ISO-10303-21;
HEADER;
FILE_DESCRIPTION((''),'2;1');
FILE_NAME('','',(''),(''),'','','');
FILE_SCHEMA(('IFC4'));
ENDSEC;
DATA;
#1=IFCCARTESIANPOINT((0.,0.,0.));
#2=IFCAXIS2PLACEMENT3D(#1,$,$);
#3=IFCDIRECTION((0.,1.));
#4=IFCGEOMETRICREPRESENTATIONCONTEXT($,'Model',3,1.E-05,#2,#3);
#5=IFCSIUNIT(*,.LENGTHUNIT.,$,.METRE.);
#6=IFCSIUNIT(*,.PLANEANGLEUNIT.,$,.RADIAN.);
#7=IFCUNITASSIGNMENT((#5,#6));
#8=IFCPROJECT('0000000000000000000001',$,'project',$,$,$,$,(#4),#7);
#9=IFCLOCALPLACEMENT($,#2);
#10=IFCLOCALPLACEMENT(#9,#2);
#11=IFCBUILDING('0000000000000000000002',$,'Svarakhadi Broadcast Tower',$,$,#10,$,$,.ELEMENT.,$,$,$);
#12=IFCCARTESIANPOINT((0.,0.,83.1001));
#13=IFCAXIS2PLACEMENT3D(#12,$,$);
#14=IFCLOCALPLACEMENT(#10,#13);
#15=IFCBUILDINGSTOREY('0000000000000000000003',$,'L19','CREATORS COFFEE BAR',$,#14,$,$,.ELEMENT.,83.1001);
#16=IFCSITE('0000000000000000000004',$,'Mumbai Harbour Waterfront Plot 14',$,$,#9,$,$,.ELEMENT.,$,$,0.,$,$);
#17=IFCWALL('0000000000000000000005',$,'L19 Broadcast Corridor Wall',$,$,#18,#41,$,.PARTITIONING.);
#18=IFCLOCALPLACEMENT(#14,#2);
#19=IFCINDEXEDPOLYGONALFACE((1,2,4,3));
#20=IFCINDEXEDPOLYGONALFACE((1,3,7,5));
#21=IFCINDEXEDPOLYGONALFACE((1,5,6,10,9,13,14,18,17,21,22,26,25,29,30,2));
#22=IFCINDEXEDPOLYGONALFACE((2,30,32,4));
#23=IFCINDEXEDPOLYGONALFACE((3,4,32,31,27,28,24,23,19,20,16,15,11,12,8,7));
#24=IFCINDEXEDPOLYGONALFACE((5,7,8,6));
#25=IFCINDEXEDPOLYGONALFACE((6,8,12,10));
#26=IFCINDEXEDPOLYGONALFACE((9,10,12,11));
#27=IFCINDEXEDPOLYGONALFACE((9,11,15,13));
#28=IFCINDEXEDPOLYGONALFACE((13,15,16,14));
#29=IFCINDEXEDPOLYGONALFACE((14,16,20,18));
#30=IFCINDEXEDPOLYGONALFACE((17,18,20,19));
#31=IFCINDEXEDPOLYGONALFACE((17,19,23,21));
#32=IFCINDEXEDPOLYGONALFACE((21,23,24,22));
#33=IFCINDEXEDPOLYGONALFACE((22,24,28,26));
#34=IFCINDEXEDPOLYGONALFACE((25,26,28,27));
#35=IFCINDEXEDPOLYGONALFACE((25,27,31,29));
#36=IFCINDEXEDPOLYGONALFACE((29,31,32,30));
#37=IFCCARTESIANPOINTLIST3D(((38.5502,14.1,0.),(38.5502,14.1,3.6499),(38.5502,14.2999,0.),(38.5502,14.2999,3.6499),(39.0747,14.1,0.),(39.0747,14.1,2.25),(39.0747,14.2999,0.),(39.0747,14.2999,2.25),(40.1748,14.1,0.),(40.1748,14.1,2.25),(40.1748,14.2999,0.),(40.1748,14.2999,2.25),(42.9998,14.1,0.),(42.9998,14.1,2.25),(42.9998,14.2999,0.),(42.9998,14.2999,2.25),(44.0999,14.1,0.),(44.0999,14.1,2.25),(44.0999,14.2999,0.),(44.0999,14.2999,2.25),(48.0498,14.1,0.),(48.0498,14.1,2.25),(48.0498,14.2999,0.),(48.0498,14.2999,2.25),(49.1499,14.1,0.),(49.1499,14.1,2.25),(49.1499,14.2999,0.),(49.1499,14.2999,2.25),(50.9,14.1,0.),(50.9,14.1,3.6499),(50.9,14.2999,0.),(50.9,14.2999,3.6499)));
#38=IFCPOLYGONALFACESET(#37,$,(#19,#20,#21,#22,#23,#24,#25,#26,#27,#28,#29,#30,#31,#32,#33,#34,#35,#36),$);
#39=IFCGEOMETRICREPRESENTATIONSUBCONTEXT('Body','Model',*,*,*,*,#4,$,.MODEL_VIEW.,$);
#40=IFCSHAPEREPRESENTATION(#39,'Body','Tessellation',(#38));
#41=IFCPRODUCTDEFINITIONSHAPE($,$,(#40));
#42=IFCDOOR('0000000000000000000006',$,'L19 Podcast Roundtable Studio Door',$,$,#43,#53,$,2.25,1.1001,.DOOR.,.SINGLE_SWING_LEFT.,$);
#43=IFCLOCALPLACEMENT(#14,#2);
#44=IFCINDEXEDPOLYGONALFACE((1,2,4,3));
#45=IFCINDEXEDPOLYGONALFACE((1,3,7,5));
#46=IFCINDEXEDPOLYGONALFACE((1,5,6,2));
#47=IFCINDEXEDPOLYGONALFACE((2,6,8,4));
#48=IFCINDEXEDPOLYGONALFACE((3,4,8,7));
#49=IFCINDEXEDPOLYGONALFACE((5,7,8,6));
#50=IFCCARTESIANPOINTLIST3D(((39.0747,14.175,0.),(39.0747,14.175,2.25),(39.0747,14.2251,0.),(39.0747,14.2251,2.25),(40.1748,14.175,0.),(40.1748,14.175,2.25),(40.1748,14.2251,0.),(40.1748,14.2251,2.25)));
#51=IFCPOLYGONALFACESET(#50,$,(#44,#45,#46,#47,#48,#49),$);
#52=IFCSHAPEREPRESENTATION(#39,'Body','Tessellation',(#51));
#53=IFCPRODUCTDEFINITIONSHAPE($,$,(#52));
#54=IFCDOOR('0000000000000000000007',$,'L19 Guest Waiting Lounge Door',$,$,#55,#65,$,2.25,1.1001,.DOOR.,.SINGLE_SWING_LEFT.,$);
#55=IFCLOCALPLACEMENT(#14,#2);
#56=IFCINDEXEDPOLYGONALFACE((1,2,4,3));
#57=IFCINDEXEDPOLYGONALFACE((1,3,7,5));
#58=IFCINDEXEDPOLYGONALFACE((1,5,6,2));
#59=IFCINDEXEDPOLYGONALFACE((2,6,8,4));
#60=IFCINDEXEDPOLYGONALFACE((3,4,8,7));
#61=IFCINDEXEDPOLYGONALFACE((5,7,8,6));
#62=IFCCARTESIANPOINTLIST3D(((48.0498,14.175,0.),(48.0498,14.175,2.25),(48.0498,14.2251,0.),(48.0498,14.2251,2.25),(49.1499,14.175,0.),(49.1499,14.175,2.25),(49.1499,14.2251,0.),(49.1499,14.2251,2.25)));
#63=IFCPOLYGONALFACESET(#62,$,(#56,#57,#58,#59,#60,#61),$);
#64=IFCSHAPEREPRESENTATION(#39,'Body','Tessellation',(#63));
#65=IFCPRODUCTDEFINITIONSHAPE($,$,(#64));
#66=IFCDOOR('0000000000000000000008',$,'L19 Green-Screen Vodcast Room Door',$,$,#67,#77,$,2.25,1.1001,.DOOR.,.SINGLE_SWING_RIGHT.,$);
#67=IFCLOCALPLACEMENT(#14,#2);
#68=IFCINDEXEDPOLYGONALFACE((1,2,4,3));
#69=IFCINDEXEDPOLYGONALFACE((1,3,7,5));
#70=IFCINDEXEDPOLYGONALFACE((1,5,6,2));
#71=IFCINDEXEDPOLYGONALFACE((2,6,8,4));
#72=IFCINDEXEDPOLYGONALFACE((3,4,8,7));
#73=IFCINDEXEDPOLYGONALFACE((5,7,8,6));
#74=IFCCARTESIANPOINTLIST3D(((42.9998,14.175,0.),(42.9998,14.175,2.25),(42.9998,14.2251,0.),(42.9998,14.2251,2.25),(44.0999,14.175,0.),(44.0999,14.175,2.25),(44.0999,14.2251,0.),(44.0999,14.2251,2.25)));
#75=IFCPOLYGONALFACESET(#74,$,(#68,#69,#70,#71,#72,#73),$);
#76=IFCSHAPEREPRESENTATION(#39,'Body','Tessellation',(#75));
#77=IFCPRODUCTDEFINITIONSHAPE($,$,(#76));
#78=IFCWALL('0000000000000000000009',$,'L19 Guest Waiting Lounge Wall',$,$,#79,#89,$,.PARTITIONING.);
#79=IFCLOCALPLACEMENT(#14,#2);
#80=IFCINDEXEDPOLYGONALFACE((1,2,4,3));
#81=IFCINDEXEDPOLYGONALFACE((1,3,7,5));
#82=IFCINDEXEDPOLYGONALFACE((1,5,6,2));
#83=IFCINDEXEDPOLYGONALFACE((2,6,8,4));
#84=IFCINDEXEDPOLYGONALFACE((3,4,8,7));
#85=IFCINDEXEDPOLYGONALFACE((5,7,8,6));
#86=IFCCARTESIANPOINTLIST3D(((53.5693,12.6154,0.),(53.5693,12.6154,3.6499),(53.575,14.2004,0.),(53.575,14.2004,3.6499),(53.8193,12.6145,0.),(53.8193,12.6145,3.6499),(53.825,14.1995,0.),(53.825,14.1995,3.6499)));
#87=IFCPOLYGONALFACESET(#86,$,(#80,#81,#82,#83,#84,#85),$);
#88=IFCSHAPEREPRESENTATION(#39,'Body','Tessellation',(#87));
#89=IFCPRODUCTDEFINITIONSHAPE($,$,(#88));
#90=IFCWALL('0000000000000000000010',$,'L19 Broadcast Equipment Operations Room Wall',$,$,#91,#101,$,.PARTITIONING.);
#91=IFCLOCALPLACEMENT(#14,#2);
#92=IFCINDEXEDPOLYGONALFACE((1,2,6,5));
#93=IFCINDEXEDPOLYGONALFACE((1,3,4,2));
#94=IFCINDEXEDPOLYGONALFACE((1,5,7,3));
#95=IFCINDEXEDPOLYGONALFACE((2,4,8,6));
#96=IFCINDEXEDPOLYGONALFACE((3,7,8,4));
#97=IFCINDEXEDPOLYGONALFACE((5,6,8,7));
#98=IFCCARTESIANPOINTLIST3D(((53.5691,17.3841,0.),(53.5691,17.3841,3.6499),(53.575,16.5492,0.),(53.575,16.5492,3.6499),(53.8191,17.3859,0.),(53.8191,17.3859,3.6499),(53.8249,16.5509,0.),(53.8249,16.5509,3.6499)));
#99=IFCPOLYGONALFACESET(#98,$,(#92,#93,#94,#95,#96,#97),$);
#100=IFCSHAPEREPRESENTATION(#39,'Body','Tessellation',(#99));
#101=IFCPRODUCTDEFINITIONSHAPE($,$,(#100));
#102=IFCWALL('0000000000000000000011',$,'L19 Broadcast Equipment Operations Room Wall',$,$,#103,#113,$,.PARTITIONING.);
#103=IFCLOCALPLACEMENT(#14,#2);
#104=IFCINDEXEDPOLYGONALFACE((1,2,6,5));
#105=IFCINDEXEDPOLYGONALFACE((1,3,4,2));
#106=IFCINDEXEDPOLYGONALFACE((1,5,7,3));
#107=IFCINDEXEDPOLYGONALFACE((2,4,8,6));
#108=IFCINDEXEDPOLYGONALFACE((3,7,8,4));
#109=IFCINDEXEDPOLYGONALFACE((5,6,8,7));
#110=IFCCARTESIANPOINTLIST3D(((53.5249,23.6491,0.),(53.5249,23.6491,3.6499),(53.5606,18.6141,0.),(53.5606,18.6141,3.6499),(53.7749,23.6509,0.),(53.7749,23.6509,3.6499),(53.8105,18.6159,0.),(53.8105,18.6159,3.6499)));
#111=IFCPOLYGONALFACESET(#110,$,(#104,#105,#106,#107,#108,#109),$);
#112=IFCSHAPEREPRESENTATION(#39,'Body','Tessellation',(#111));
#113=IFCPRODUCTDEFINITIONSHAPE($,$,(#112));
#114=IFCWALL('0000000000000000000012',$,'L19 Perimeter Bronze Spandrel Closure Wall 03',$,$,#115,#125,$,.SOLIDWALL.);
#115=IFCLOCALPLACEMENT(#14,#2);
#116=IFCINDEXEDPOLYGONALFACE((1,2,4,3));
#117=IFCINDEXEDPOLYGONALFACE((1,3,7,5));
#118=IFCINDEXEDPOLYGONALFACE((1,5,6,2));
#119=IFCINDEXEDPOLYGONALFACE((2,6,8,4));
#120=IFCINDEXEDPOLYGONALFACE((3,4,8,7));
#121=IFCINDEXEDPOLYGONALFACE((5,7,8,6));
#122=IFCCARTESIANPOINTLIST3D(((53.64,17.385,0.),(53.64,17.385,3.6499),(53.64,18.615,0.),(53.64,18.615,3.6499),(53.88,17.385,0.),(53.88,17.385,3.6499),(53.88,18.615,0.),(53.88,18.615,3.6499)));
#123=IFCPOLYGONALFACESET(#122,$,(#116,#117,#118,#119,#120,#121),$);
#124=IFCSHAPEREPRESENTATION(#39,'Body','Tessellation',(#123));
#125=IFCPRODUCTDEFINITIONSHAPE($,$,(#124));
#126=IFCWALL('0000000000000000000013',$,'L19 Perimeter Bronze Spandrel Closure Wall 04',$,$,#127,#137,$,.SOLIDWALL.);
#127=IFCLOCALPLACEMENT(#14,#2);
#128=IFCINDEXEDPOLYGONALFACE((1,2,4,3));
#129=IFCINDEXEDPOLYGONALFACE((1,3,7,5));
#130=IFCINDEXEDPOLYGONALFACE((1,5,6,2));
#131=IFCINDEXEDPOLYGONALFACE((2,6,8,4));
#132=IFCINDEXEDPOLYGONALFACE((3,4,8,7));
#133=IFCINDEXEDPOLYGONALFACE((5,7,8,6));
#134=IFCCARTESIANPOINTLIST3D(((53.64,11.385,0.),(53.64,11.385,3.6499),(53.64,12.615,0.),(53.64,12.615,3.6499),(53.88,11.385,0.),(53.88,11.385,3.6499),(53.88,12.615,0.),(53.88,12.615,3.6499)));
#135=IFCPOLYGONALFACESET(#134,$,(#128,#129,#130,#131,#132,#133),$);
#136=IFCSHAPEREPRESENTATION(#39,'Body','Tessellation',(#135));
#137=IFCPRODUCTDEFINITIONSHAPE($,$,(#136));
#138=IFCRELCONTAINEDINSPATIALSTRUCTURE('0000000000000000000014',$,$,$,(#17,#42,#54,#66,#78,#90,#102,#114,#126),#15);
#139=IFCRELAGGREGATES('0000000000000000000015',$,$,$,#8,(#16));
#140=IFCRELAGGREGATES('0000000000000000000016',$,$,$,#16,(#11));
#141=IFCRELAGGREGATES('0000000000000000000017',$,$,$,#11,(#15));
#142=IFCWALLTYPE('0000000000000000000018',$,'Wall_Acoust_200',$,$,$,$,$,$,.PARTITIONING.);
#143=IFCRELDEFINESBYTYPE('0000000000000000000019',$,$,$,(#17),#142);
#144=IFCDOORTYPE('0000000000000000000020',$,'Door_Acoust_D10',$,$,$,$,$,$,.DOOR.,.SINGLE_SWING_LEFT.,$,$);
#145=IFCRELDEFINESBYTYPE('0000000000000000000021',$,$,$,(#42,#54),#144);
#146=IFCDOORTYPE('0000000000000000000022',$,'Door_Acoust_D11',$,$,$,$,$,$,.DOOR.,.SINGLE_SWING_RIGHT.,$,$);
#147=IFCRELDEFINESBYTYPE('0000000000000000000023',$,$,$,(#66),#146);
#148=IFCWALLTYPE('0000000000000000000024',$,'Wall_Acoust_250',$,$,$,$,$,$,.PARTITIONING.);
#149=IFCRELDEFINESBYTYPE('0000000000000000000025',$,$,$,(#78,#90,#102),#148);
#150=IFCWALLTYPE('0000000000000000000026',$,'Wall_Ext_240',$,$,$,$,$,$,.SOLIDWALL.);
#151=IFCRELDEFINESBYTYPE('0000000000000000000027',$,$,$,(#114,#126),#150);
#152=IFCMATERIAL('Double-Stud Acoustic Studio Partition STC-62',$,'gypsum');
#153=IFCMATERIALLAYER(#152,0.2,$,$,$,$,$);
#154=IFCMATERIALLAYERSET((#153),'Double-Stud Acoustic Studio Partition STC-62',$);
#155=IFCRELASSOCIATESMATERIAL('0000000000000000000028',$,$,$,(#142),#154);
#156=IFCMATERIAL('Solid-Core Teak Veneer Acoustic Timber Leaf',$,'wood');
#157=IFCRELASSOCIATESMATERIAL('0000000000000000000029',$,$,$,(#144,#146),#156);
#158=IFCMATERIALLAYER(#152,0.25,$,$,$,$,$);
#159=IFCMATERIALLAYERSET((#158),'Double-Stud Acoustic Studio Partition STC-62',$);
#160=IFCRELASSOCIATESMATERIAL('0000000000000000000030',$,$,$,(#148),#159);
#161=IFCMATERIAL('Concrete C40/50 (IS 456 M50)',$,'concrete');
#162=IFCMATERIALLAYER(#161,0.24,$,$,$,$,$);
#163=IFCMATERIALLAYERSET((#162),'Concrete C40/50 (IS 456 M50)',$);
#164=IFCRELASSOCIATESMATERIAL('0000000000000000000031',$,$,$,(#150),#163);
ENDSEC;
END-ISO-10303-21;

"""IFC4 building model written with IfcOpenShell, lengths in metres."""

from ifc_helpers import new_model, si_unit, direction, frame, frame_2d, origin, place, context, subcontext, project, spatial, rectangle, extrude, material, layer, layer_set, type_object, element, fill, save


model = new_model("IFC4")

# Units and contexts
model_context = context("Model", 3, precision=1e-05, world=origin(), true_north=direction((0.0, 1.0)))
body_context = subcontext(model_context, "Body", "Model", "MODEL_VIEW")
ifc_project = project(units=[si_unit("LENGTHUNIT", "METRE"), si_unit("PLANEANGLEUNIT", "RADIAN")], contexts=[model_context])

# Site, building, storey
site_placement = place(None, origin())
site = spatial("IfcSite", under=ifc_project, at=site_placement, Name="Mumbai Harbour Waterfront Plot 14", CompositionType="ELEMENT", RefElevation=0.0)
building_placement = place(site_placement, origin())
building = spatial("IfcBuilding", under=site, at=building_placement, Name="Svarakhadi Broadcast Tower", CompositionType="ELEMENT")
storey_placement = place(building_placement, frame((0.0, 0.0, 83.1001)))
storey = spatial("IfcBuildingStorey", under=building, at=storey_placement, Name="L19", Description="CREATORS COFFEE BAR", CompositionType="ELEMENT", Elevation=83.1001)

# Shared definitions
ifc_material_1 = material(Name="Double-Stud Acoustic Studio Partition STC-62", Category="gypsum")
ifc_layer_1 = layer(ifc_material_1, 0.2)
ifc_layer_set_1 = layer_set([ifc_layer_1], Name="Double-Stud Acoustic Studio Partition STC-62")
wall_type_1 = type_object("IfcWallType", Name="Wall_Acoust_200", PredefinedType="PARTITIONING", material=ifc_layer_set_1)

# Wall, openings, doors
wall_1_placement = place(storey_placement, frame((50.8999, 14.2, 0.0), z_axis=(0.0, 0.0, 1.0), x_axis=(-1.0, 0.0, 0.0)))
wall_1 = element("IfcWall", 1, at=wall_1_placement, inside=storey, type_object=wall_type_1, Name="L19 Broadcast Corridor Wall", PredefinedType="PARTITIONING", context=body_context, shape_type="SweptSolid", body=[
    extrude(rectangle(XDim=12.3499, YDim=0.2, at=frame_2d((6.1748, 0.0))), origin(), (0.0, 0.0, 1.0), 3.6499),
])
opening_1_placement = place(wall_1_placement, frame((10.7251, 0.0, 0.0)))
opening_1 = element("IfcOpeningElement", 2, at=opening_1_placement, cuts=wall_1, PredefinedType="OPENING", context=body_context, shape_type="SweptSolid", body=[
    extrude(rectangle(XDim=1.1001, YDim=2.25, at=frame_2d((0.55, 1.125))), frame((0.0, 0.1099, 0.0), z_axis=(0.0, -1.0, 0.0), x_axis=(1.0, 0.0, 0.0)), (0.0, 0.0, 1.0), 0.22),
])
opening_2_placement = place(wall_1_placement, frame((6.8, 0.0, 0.0)))
opening_2 = element("IfcOpeningElement", 3, at=opening_2_placement, cuts=wall_1, PredefinedType="OPENING", context=body_context, shape_type="SweptSolid", body=[
    extrude(rectangle(XDim=1.1001, YDim=2.25, at=frame_2d((0.55, 1.125))), frame((0.0, 0.1099, 0.0), z_axis=(0.0, -1.0, 0.0), x_axis=(1.0, 0.0, 0.0)), (0.0, 0.0, 1.0), 0.22),
])
opening_3_placement = place(wall_1_placement, frame((1.75, 0.0, 0.0)))
opening_3 = element("IfcOpeningElement", 4, at=opening_3_placement, cuts=wall_1, PredefinedType="OPENING", context=body_context, shape_type="SweptSolid", body=[
    extrude(rectangle(XDim=1.1001, YDim=2.25, at=frame_2d((0.55, 1.125))), frame((0.0, 0.1099, 0.0), z_axis=(0.0, -1.0, 0.0), x_axis=(1.0, 0.0, 0.0)), (0.0, 0.0, 1.0), 0.22),
])
ifc_material_2 = material(Name="Solid-Core Teak Veneer Acoustic Timber Leaf", Category="wood")
door_type_1 = type_object("IfcDoorType", Name="Door_Acoust_D10", OperationType="SINGLE_SWING_LEFT", PredefinedType="DOOR", material=ifc_material_2)
door_1_placement = place(opening_1_placement, origin())
door_1 = element("IfcDoor", 5, at=door_1_placement, inside=storey, type_object=door_type_1, Name="L19 Podcast Roundtable Studio Door", OperationType="SINGLE_SWING_LEFT", OverallHeight=2.25, OverallWidth=1.1001, PredefinedType="DOOR", context=body_context, shape_type="SweptSolid", body=[
    extrude(rectangle(XDim=1.1001, YDim=2.25, at=frame_2d((0.55, 1.125))), frame((0.0, 0.0249, 0.0), z_axis=(0.0, -1.0, 0.0), x_axis=(1.0, 0.0, 0.0)), (0.0, 0.0, 1.0), 0.05),
])
fill(opening_1, door_1)
door_2_placement = place(opening_3_placement, origin())
door_2 = element("IfcDoor", 6, at=door_2_placement, inside=storey, type_object=door_type_1, Name="L19 Guest Waiting Lounge Door", OperationType="SINGLE_SWING_LEFT", OverallHeight=2.25, OverallWidth=1.1001, PredefinedType="DOOR", context=body_context, shape_type="SweptSolid", body=[
    extrude(rectangle(XDim=1.1001, YDim=2.25, at=frame_2d((0.55, 1.125))), frame((0.0, 0.0249, 0.0), z_axis=(0.0, -1.0, 0.0), x_axis=(1.0, 0.0, 0.0)), (0.0, 0.0, 1.0), 0.05),
])
fill(opening_3, door_2)
door_type_2 = type_object("IfcDoorType", Name="Door_Acoust_D11", OperationType="SINGLE_SWING_RIGHT", PredefinedType="DOOR", material=ifc_material_2)
door_3_placement = place(opening_2_placement, origin())
door_3 = element("IfcDoor", 7, at=door_3_placement, inside=storey, type_object=door_type_2, Name="L19 Green-Screen Vodcast Room Door", OperationType="SINGLE_SWING_RIGHT", OverallHeight=2.25, OverallWidth=1.1001, PredefinedType="DOOR", context=body_context, shape_type="SweptSolid", body=[
    extrude(rectangle(XDim=1.1001, YDim=2.25, at=frame_2d((0.55, 1.125))), frame((0.0, 0.0249, 0.0), z_axis=(0.0, -1.0, 0.0), x_axis=(1.0, 0.0, 0.0)), (0.0, 0.0, 1.0), 0.05),
])
fill(opening_2, door_3)

# Walls
ifc_layer_2 = layer(ifc_material_1, 0.25)
ifc_layer_set_2 = layer_set([ifc_layer_2], Name="Double-Stud Acoustic Studio Partition STC-62")
wall_type_2 = type_object("IfcWallType", Name="Wall_Acoust_250", PredefinedType="PARTITIONING", material=ifc_layer_set_2)
wall_2_placement = place(storey_placement, frame((53.6943, 12.615, 0.0), z_axis=(0.0, 0.0, 1.0), x_axis=(0.003543, 0.999994, 0.0)))
element("IfcWall", 8, at=wall_2_placement, inside=storey, type_object=wall_type_2, Name="L19 Guest Waiting Lounge Wall", PredefinedType="PARTITIONING", context=body_context, shape_type="SweptSolid", body=[
    extrude(rectangle(XDim=1.585, YDim=0.25, at=frame_2d((0.7925, 0.0))), origin(), (0.0, 0.0, 1.0), 3.6499),
])
wall_3_placement = place(storey_placement, frame((53.7, 16.55, 0.0), z_axis=(0.0, 0.0, 1.0), x_axis=(-0.007017, 0.999975, 0.0)))
element("IfcWall", 9, at=wall_3_placement, inside=storey, type_object=wall_type_2, Name="L19 Broadcast Equipment Operations Room Wall", PredefinedType="PARTITIONING", context=body_context, shape_type="SweptSolid", body=[
    extrude(rectangle(XDim=0.835, YDim=0.25, at=frame_2d((0.4175, 0.0))), origin(), (0.0, 0.0, 1.0), 3.6499),
])
wall_4_placement = place(storey_placement, frame((53.6855, 18.615, 0.0), z_axis=(0.0, 0.0, 1.0), x_axis=(-0.007079, 0.999975, 0.0)))
element("IfcWall", 10, at=wall_4_placement, inside=storey, type_object=wall_type_2, Name="L19 Broadcast Equipment Operations Room Wall", PredefinedType="PARTITIONING", context=body_context, shape_type="SweptSolid", body=[
    extrude(rectangle(XDim=5.0352, YDim=0.25, at=frame_2d((2.5176, 0.0))), origin(), (0.0, 0.0, 1.0), 3.6499),
])
ifc_material_3 = material(Name="Concrete C40/50 (IS 456 M50)", Category="concrete")
ifc_layer_3 = layer(ifc_material_3, 0.24)
ifc_layer_set_3 = layer_set([ifc_layer_3], Name="Concrete C40/50 (IS 456 M50)")
wall_type_3 = type_object("IfcWallType", Name="Wall_Ext_240", PredefinedType="SOLIDWALL", material=ifc_layer_set_3)
for number, where, z_axis, x_axis, name in (
    (11, (53.76, 18.615, 0.0), (0.0, 0.0, 1.0), (0.0, -1.0, 0.0), "L19 Perimeter Bronze Spandrel Closure Wall 03"),
    (12, (53.76, 12.615, 0.0), (0.0, 0.0, 1.0), (0.0, -1.0, 0.0), "L19 Perimeter Bronze Spandrel Closure Wall 04"),
):
    element("IfcWall", number, at=place(storey_placement, frame(where, z_axis=z_axis, x_axis=x_axis)), inside=storey, type_object=wall_type_3, Name=name, PredefinedType="SOLIDWALL", context=body_context, shape_type="SweptSolid", body=[
        extrude(rectangle(XDim=1.23, YDim=0.24, at=frame_2d((0.615, 0.0))), origin(), (0.0, 0.0, 1.0), 3.6499),
    ])

save(model, "model.ifc")
